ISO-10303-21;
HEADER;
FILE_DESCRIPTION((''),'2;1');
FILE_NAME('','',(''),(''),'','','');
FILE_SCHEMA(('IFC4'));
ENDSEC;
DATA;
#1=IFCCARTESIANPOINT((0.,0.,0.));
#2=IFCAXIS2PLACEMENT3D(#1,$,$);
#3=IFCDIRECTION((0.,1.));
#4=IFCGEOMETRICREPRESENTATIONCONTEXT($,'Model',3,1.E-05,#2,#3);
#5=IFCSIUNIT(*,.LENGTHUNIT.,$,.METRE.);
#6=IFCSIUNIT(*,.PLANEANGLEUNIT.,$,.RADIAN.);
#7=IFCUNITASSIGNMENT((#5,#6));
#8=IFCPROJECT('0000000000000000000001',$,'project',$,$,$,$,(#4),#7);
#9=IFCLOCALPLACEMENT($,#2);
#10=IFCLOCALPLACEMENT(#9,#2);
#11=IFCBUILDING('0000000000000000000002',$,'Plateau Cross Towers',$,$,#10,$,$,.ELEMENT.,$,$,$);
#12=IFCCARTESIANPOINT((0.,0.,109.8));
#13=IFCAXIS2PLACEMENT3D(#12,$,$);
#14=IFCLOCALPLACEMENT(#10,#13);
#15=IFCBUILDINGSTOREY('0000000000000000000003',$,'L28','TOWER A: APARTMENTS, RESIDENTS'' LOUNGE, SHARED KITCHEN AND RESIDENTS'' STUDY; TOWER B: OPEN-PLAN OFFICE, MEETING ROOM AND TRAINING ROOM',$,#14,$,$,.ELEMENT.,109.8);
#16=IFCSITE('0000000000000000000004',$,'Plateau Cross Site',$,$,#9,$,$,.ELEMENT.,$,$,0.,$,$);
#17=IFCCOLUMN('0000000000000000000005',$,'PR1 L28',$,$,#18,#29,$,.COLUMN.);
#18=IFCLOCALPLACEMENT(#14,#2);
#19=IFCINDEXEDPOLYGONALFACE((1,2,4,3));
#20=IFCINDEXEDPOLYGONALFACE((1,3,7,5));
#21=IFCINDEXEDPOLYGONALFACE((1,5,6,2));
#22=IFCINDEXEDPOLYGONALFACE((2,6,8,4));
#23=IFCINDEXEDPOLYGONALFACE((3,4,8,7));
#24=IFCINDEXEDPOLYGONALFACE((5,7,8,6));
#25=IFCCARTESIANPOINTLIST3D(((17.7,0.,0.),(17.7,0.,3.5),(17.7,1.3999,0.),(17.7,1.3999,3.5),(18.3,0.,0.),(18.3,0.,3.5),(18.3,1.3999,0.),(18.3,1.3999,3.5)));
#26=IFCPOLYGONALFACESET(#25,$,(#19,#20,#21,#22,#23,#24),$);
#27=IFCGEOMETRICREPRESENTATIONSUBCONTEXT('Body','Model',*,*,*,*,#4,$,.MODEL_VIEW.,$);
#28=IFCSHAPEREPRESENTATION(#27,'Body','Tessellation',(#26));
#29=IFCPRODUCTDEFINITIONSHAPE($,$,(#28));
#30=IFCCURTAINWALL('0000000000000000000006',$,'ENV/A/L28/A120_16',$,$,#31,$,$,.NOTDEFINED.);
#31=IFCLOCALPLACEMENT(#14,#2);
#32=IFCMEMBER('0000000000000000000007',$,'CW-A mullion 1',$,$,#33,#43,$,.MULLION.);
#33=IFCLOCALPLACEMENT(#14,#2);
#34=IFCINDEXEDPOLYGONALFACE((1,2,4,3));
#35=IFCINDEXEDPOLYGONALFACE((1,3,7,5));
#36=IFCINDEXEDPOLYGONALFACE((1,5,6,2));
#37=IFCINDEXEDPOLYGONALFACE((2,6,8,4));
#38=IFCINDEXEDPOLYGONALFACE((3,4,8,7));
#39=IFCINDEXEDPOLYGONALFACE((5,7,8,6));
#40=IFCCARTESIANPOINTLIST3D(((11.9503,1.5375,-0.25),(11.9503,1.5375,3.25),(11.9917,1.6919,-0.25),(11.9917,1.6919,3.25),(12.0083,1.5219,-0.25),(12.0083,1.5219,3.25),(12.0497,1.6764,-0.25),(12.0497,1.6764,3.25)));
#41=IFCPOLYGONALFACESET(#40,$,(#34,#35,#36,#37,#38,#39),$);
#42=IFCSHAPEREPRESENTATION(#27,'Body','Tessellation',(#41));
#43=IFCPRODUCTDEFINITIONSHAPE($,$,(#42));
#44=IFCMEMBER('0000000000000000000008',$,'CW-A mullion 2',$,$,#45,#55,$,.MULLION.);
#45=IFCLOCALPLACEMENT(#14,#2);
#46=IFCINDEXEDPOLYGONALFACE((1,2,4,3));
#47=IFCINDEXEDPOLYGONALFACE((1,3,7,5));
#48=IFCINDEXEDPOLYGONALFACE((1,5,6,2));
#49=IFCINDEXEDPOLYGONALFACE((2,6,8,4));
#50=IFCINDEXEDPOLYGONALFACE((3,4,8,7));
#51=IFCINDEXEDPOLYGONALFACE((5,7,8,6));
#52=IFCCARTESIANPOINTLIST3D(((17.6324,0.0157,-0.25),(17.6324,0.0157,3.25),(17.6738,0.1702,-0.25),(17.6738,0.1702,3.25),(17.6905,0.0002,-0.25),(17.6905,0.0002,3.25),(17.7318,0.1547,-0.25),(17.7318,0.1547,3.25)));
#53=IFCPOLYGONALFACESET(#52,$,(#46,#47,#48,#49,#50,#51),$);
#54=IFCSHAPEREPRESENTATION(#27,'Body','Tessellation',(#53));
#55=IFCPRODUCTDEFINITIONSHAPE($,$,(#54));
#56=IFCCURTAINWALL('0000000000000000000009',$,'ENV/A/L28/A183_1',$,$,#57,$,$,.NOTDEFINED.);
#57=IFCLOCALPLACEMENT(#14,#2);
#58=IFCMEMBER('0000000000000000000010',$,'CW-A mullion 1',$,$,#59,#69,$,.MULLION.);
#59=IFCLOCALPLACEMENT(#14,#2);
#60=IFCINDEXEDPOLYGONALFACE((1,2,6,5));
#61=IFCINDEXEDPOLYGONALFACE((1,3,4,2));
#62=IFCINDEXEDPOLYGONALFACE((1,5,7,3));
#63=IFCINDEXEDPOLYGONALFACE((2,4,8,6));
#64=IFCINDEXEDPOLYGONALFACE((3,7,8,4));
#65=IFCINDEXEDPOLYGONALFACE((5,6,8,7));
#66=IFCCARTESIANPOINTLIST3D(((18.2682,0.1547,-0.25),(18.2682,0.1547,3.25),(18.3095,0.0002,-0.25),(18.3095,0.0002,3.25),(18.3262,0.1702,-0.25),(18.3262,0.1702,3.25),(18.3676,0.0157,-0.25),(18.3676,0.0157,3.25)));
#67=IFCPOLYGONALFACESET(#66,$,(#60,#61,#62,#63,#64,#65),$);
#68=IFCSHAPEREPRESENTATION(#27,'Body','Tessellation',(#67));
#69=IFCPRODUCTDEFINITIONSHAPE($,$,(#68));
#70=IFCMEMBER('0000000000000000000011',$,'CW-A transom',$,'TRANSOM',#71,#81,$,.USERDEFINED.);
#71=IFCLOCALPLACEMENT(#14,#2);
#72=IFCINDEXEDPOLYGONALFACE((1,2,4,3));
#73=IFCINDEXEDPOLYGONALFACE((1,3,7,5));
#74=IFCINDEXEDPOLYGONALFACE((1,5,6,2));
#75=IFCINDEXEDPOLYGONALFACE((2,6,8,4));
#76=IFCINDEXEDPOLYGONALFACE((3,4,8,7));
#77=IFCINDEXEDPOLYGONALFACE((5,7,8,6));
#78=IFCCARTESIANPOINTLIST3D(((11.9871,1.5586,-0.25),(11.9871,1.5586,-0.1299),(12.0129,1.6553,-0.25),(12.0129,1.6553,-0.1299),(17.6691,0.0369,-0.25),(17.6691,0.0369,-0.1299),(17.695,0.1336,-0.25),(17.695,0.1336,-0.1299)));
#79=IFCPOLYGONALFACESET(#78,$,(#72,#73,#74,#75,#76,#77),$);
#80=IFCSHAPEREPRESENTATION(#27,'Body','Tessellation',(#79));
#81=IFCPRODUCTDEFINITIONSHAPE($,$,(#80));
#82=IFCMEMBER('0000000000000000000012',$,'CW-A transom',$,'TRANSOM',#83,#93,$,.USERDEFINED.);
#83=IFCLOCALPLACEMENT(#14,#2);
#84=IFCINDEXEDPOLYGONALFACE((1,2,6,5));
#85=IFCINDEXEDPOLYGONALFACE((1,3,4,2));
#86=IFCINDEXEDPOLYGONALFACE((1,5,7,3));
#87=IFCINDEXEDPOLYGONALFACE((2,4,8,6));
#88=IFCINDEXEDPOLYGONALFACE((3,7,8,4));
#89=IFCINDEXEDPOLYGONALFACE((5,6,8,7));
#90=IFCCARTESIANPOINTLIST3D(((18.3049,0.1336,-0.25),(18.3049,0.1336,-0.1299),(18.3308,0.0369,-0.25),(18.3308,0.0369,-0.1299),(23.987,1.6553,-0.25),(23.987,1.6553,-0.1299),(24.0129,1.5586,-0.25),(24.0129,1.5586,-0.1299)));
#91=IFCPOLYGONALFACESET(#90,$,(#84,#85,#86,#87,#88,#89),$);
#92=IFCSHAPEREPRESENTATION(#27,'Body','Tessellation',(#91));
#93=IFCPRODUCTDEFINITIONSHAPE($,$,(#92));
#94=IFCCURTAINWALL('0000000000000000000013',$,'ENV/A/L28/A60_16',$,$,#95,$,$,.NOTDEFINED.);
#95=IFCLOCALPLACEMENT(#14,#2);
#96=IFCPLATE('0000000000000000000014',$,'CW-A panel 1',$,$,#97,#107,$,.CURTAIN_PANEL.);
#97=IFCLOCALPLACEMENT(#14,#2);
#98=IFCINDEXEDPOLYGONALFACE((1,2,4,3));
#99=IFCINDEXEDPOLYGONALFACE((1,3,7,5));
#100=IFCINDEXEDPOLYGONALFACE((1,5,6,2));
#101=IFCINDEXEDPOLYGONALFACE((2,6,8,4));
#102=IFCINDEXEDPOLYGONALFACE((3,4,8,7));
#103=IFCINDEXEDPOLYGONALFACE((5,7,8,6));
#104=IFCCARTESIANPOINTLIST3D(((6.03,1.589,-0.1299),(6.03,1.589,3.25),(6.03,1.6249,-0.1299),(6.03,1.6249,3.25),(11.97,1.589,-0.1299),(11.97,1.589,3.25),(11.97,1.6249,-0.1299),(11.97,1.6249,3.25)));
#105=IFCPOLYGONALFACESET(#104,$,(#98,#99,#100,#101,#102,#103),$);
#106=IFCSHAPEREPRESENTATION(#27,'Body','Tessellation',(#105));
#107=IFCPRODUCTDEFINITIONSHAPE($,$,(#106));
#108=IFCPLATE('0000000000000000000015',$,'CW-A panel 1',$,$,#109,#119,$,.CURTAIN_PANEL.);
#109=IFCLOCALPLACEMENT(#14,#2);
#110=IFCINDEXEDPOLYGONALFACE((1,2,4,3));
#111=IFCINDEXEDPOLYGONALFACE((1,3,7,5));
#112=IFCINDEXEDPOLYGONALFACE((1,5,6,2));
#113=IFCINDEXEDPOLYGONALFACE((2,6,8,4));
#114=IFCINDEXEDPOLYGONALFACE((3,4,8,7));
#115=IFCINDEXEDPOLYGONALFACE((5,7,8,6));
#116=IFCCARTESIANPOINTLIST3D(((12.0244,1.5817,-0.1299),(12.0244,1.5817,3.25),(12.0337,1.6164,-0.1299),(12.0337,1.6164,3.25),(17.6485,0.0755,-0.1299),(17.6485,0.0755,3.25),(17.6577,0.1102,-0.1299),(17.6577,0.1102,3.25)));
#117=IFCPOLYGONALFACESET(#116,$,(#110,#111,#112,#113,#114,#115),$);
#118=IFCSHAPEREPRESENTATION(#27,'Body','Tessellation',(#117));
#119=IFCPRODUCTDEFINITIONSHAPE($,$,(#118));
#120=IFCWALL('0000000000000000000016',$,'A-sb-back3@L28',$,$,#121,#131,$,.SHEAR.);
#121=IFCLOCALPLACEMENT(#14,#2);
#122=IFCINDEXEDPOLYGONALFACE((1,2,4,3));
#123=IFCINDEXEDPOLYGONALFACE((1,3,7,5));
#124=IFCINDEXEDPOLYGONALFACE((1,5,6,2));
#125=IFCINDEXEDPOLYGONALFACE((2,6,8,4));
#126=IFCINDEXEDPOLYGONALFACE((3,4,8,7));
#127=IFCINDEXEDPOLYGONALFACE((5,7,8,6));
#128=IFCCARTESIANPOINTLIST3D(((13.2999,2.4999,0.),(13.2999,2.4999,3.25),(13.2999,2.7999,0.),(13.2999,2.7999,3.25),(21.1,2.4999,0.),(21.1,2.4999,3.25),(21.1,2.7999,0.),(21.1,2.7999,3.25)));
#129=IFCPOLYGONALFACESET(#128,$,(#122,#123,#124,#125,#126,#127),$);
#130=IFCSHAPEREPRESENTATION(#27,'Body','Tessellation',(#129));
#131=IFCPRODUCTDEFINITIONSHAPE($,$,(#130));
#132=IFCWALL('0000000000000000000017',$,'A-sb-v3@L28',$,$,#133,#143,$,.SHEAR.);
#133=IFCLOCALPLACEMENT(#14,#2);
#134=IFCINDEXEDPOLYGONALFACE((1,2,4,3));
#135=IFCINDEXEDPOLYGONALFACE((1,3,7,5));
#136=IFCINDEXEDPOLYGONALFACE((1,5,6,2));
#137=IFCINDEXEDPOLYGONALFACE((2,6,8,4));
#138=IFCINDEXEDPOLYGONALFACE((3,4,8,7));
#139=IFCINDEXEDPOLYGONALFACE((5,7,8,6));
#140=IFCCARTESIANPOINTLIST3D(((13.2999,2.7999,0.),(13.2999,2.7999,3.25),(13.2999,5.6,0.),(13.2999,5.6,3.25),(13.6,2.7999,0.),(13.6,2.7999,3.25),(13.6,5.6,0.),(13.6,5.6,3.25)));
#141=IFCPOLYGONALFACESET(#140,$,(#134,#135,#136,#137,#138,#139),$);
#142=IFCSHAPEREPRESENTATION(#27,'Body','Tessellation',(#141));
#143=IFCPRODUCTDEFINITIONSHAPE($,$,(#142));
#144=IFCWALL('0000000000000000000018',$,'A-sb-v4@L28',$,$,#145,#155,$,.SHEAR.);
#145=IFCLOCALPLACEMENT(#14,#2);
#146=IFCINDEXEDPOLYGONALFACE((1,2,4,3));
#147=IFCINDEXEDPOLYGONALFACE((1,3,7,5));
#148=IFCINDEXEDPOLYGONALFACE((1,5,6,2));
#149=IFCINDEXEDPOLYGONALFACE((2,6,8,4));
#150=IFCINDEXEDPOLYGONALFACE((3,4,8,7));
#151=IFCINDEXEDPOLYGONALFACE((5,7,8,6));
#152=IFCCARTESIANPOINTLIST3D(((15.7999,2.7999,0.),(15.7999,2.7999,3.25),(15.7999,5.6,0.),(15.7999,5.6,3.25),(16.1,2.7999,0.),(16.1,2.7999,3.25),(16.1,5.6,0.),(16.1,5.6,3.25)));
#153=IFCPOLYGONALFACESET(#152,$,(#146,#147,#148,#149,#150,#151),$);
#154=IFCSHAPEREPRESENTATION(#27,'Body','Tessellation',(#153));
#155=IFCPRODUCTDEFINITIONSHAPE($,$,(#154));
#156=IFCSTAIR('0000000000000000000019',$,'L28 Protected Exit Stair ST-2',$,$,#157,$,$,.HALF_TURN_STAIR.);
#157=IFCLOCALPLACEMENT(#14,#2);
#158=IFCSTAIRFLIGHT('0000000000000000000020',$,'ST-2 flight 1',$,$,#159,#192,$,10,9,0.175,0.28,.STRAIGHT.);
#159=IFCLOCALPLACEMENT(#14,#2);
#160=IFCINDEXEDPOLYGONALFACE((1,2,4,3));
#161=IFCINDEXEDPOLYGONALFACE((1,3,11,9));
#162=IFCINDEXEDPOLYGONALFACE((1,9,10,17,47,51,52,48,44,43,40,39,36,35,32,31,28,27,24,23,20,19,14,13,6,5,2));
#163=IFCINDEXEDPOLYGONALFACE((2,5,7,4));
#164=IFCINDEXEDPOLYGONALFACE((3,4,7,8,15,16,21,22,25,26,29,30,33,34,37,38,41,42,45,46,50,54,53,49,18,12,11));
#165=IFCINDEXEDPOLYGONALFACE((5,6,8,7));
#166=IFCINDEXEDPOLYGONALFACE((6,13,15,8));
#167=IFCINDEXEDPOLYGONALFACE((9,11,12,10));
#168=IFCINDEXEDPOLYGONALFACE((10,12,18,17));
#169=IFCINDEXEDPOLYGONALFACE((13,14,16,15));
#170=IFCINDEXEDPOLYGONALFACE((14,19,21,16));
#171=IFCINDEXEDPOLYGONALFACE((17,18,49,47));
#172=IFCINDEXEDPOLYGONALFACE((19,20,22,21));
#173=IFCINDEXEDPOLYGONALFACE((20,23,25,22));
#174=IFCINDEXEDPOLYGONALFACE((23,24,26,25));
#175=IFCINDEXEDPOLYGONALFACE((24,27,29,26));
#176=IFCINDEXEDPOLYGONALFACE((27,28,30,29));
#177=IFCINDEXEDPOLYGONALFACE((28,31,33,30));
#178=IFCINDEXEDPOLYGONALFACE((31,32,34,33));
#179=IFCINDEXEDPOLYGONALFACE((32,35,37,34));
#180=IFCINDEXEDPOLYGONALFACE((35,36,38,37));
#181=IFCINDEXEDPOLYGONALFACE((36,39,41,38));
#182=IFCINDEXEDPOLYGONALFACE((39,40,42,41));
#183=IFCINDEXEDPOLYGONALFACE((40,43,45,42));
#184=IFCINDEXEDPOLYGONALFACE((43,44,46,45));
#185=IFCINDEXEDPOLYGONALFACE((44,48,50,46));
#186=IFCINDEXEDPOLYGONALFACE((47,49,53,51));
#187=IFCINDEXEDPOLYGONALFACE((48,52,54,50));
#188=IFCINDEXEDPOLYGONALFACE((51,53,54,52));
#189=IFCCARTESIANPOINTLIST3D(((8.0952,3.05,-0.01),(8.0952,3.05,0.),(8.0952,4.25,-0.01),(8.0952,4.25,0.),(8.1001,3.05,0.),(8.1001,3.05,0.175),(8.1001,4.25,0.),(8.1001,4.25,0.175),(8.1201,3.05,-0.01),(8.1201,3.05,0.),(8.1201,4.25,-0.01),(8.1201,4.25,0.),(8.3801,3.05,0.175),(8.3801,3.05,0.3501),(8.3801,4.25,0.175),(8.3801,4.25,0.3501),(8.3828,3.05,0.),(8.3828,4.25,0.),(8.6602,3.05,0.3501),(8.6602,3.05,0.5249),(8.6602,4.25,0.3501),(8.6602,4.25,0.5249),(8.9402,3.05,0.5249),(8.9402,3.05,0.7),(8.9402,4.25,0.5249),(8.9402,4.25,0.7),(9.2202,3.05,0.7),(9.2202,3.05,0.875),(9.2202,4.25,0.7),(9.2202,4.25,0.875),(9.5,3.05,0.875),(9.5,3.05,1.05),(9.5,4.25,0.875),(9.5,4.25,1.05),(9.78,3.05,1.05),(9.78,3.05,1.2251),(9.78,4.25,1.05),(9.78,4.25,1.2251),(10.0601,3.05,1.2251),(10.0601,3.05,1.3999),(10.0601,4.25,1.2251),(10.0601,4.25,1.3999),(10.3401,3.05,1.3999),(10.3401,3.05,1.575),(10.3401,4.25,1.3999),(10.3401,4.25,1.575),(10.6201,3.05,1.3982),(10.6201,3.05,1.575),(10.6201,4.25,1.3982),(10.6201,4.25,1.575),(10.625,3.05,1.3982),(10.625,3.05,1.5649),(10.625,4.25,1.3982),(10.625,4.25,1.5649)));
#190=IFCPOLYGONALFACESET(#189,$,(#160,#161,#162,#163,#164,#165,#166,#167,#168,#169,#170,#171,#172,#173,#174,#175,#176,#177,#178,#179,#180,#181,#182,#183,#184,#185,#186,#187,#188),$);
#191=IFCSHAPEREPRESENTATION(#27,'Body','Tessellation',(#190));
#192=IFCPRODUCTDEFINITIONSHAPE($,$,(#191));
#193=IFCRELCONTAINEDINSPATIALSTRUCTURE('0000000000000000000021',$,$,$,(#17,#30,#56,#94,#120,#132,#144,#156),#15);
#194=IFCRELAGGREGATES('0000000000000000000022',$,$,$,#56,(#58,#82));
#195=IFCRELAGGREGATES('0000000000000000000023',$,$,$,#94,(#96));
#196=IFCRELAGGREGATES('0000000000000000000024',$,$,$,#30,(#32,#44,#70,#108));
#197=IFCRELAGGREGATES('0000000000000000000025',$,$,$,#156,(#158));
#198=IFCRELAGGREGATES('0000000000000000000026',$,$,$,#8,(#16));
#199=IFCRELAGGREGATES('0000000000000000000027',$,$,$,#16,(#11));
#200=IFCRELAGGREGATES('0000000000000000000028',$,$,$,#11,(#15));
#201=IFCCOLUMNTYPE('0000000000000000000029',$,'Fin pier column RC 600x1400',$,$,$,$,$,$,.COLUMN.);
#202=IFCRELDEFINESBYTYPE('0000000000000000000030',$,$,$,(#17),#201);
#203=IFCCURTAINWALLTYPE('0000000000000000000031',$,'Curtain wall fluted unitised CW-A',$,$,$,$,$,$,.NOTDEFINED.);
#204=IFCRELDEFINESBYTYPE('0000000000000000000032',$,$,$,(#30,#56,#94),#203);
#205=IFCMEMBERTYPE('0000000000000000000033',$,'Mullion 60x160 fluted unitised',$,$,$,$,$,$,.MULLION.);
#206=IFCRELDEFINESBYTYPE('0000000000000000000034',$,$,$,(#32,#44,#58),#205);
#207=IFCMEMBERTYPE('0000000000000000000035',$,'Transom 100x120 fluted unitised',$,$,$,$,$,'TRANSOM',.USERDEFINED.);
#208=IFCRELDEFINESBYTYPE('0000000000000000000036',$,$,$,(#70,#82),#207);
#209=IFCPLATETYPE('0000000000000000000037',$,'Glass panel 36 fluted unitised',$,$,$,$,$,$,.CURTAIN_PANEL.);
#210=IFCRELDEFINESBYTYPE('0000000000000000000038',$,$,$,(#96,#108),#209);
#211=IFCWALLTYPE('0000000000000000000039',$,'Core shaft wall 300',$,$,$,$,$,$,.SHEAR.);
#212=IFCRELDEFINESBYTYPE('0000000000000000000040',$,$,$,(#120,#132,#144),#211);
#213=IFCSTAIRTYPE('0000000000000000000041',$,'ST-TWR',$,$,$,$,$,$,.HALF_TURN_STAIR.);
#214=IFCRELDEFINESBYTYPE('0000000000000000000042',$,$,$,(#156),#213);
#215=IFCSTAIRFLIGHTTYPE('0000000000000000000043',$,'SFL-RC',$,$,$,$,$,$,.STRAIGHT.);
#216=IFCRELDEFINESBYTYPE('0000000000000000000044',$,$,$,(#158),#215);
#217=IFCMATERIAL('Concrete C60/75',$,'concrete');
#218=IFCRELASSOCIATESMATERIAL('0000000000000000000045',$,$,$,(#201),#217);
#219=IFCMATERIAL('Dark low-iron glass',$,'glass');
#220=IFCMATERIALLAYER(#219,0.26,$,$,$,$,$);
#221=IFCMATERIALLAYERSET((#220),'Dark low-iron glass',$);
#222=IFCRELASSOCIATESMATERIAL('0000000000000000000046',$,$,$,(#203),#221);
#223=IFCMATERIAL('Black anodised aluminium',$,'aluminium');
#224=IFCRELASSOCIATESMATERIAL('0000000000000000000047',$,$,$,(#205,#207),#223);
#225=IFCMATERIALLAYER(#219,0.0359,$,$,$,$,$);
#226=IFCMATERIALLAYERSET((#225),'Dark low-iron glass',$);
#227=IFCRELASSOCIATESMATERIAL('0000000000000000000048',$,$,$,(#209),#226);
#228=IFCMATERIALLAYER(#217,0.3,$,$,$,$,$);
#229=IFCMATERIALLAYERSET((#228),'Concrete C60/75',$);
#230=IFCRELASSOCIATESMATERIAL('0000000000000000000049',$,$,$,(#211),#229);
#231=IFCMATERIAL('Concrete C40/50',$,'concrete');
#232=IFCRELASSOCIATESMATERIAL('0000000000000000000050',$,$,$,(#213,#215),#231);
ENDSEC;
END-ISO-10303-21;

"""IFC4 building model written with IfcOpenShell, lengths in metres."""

from ifc_helpers import new_model, si_unit, direction, frame, frame_2d, origin, origin_2d, place, context, subcontext, project, spatial, polyline, rectangle, outline, extrude, material, layer, layer_set, material_profile, profile_set, type_object, element, aggregate, save


model = new_model("IFC4")

# Units and contexts
model_context = context("Model", 3, precision=1e-05, world=origin(), true_north=direction((0.0, 1.0)))
body_context = subcontext(model_context, "Body", "Model", "MODEL_VIEW")
ifc_project = project(units=[si_unit("LENGTHUNIT", "METRE"), si_unit("PLANEANGLEUNIT", "RADIAN")], contexts=[model_context])

# Site, building, storey
site_placement = place(None, origin())
site = spatial("IfcSite", under=ifc_project, at=site_placement, Name="Plateau Cross Site", CompositionType="ELEMENT", RefElevation=0.0)
building_placement = place(site_placement, origin())
building = spatial("IfcBuilding", under=site, at=building_placement, Name="Plateau Cross Towers", CompositionType="ELEMENT")
storey_placement = place(building_placement, frame((0.0, 0.0, 109.8)))
storey = spatial("IfcBuildingStorey", under=building, at=storey_placement, Name="L28", Description="TOWER A: APARTMENTS, RESIDENTS' LOUNGE, SHARED KITCHEN AND RESIDENTS' STUDY; TOWER B: OPEN-PLAN OFFICE, MEETING ROOM AND TRAINING ROOM", CompositionType="ELEMENT", Elevation=109.8)

# Column
ifc_material_1 = material(Name="Concrete C60/75", Category="concrete")
ifc_material_profile_1 = material_profile(ifc_material_1, rectangle(XDim=0.6001, YDim=1.3999, at=origin_2d()), Name="RC 600x1400")
ifc_profile_set_1 = profile_set([ifc_material_profile_1], Name="Concrete C60/75")
column_type = type_object("IfcColumnType", Name="Fin pier column RC 600x1400", PredefinedType="COLUMN", material=ifc_profile_set_1)
column_placement = place(storey_placement, frame((18.0, 0.7, 0.0), z_axis=(0.0, 0.0, 1.0), x_axis=(1.0, 0.0, 0.0)))
element("IfcColumn", 1, at=column_placement, inside=storey, type_object=column_type, Name="PR1 L28", PredefinedType="COLUMN", context=body_context, shape_type="SweptSolid", body=[
    extrude(rectangle(XDim=0.6001, YDim=1.3999, at=origin_2d()), origin(), (0.0, 0.0, 1.0), 3.5),
])

# Curtain wall, members
ifc_material_2 = material(Name="Dark low-iron glass", Category="glass")
ifc_layer_1 = layer(ifc_material_2, 0.26)
ifc_layer_set_1 = layer_set([ifc_layer_1], Name="Dark low-iron glass")
curtain_wall_type = type_object("IfcCurtainWallType", Name="Curtain wall fluted unitised CW-A", PredefinedType="NOTDEFINED", material=ifc_layer_set_1)
curtain_wall_1_placement = place(storey_placement, origin())
curtain_wall_1 = element("IfcCurtainWall", 2, at=curtain_wall_1_placement, inside=storey, type_object=curtain_wall_type, Name="ENV/A/L28/A120_16", PredefinedType="NOTDEFINED")
ifc_material_3 = material(Name="Black anodised aluminium", Category="aluminium")
ifc_material_profile_2 = material_profile(ifc_material_3, rectangle(XDim=0.0601, YDim=0.1599, at=origin_2d()), Name="MULLION 60x160")
ifc_profile_set_2 = profile_set([ifc_material_profile_2], Name="Black anodised aluminium")
member_type_1 = type_object("IfcMemberType", Name="Mullion 60x160 fluted unitised", PredefinedType="MULLION", material=ifc_profile_set_2)
member_1_placement = place(storey_placement, frame((12.0, 1.6069, -0.25), z_axis=(0.0, 0.0, 1.0), x_axis=(0.965958, -0.258699, 0.0)))
member_1 = element("IfcMember", 3, at=member_1_placement, type_object=member_type_1, Name="CW-A mullion 1", PredefinedType="MULLION", context=body_context, shape_type="SweptSolid", body=[
    extrude(rectangle(XDim=0.0601, YDim=0.1599, at=origin_2d()), origin(), (0.0, 0.0, 1.0), 3.5),
])
member_2_placement = place(storey_placement, frame((17.6821, 0.0852, -0.25), z_axis=(0.0, 0.0, 1.0), x_axis=(0.965958, -0.258699, 0.0)))
member_2 = element("IfcMember", 4, at=member_2_placement, type_object=member_type_1, Name="CW-A mullion 2", PredefinedType="MULLION", context=body_context, shape_type="SweptSolid", body=[
    extrude(rectangle(XDim=0.0601, YDim=0.1599, at=origin_2d()), origin(), (0.0, 0.0, 1.0), 3.5),
])

# Curtain wall, member
curtain_wall_2_placement = place(storey_placement, origin())
curtain_wall_2 = element("IfcCurtainWall", 5, at=curtain_wall_2_placement, inside=storey, type_object=curtain_wall_type, Name="ENV/A/L28/A183_1", PredefinedType="NOTDEFINED")
member_3_placement = place(storey_placement, frame((18.3179, 0.0852, -0.25), z_axis=(0.0, 0.0, 1.0), x_axis=(0.965958, 0.258699, 0.0)))
member_3 = element("IfcMember", 6, at=member_3_placement, type_object=member_type_1, Name="CW-A mullion 1", PredefinedType="MULLION", context=body_context, shape_type="SweptSolid", body=[
    extrude(rectangle(XDim=0.0601, YDim=0.1599, at=origin_2d()), origin(), (0.0, 0.0, 1.0), 3.5),
])

# Members
ifc_material_profile_3 = material_profile(ifc_material_3, rectangle(XDim=0.1001, YDim=0.1201, at=origin_2d()), Name="TRANSOM 100x120")
ifc_profile_set_3 = profile_set([ifc_material_profile_3], Name="Black anodised aluminium")
member_type_2 = type_object("IfcMemberType", Name="Transom 100x120 fluted unitised", ElementType="TRANSOM", PredefinedType="USERDEFINED", material=ifc_profile_set_3)
member_4_placement = place(storey_placement, frame((12.0, 1.6069, -0.1899), z_axis=(0.96596, -0.258693, 0.0), x_axis=(0.258693, 0.96596, 0.0)))
member_4 = element("IfcMember", 7, at=member_4_placement, type_object=member_type_2, Name="CW-A transom", ObjectType="TRANSOM", PredefinedType="USERDEFINED", context=body_context, shape_type="SweptSolid", body=[
    extrude(rectangle(XDim=0.1001, YDim=0.1201, at=origin_2d()), origin(), (0.0, 0.0, 1.0), 5.8823),
])
member_5_placement = place(storey_placement, frame((18.3179, 0.0852, -0.1899), z_axis=(0.96596, 0.258693, 0.0), x_axis=(-0.258693, 0.96596, 0.0)))
member_5 = element("IfcMember", 8, at=member_5_placement, type_object=member_type_2, Name="CW-A transom", ObjectType="TRANSOM", PredefinedType="USERDEFINED", context=body_context, shape_type="SweptSolid", body=[
    extrude(rectangle(XDim=0.1001, YDim=0.1201, at=origin_2d()), origin(), (0.0, 0.0, 1.0), 5.8823),
])
aggregate(curtain_wall_2, [member_3, member_5])

# Curtain wall, plate
curtain_wall_3_placement = place(storey_placement, origin())
curtain_wall_3 = element("IfcCurtainWall", 9, at=curtain_wall_3_placement, inside=storey, type_object=curtain_wall_type, Name="ENV/A/L28/A60_16", PredefinedType="NOTDEFINED")
ifc_layer_2 = layer(ifc_material_2, 0.0359)
ifc_layer_set_2 = layer_set([ifc_layer_2], Name="Dark low-iron glass")
plate_type = type_object("IfcPlateType", Name="Glass panel 36 fluted unitised", PredefinedType="CURTAIN_PANEL", material=ifc_layer_set_2)
plate_1_placement = place(storey_placement, frame((9.0, 1.6069, -0.1299), z_axis=(0.0, 0.0, 1.0), x_axis=(1.0, 0.0, 0.0)))
plate_1 = element("IfcPlate", 10, at=plate_1_placement, type_object=plate_type, Name="CW-A panel 1", PredefinedType="CURTAIN_PANEL", context=body_context, shape_type="SweptSolid", body=[
    extrude(rectangle(XDim=5.9399, YDim=0.0359, at=origin_2d()), origin(), (0.0, 0.0, 1.0), 3.3799),
])
aggregate(curtain_wall_3, [plate_1])

# Plate
plate_2_placement = place(storey_placement, frame((14.8411, 0.8459, -0.1299), z_axis=(0.0, 0.0, 1.0), x_axis=(0.965958, -0.258699, 0.0)))
plate_2 = element("IfcPlate", 11, at=plate_2_placement, type_object=plate_type, Name="CW-A panel 1", PredefinedType="CURTAIN_PANEL", context=body_context, shape_type="SweptSolid", body=[
    extrude(rectangle(XDim=5.8223, YDim=0.0359, at=origin_2d()), origin(), (0.0, 0.0, 1.0), 3.3799),
])
aggregate(curtain_wall_1, [member_1, member_2, member_4, plate_2])

# Walls
ifc_layer_3 = layer(ifc_material_1, 0.3)
ifc_layer_set_3 = layer_set([ifc_layer_3], Name="Concrete C60/75")
wall_type = type_object("IfcWallType", Name="Core shaft wall 300", PredefinedType="SHEAR", material=ifc_layer_set_3)
wall_placement = place(storey_placement, frame((13.3, 2.6499, 0.0), z_axis=(0.0, 0.0, 1.0), x_axis=(1.0, 0.0, 0.0)))
element("IfcWall", 12, at=wall_placement, inside=storey, type_object=wall_type, Name="A-sb-back3@L28", PredefinedType="SHEAR", context=body_context, shape_type="SweptSolid", body=[
    extrude(rectangle(XDim=7.8, YDim=0.3, at=frame_2d((3.8999, 0.0))), origin(), (0.0, 0.0, 1.0), 3.25),
])
for number, where, z_axis, x_axis, name in (
    (13, (13.45, 2.8, 0.0), (0.0, 0.0, 1.0), (0.0, 1.0, 0.0), "A-sb-v3@L28"),
    (14, (15.95, 2.8, 0.0), (0.0, 0.0, 1.0), (0.0, 1.0, 0.0), "A-sb-v4@L28"),
):
    element("IfcWall", number, at=place(storey_placement, frame(where, z_axis=z_axis, x_axis=x_axis)), inside=storey, type_object=wall_type, Name=name, PredefinedType="SHEAR", context=body_context, shape_type="SweptSolid", body=[
        extrude(rectangle(XDim=2.8, YDim=0.3, at=frame_2d((1.3999, 0.0))), origin(), (0.0, 0.0, 1.0), 3.25),
    ])

# Stair, stair flight
ifc_material_4 = material(Name="Concrete C40/50", Category="concrete")
stair_type = type_object("IfcStairType", Name="ST-TWR", PredefinedType="HALF_TURN_STAIR", material=ifc_material_4)
stair_placement = place(storey_placement, origin())
stair = element("IfcStair", 15, at=stair_placement, inside=storey, type_object=stair_type, Name="L28 Protected Exit Stair ST-2", PredefinedType="HALF_TURN_STAIR")
stair_flight_type = type_object("IfcStairFlightType", Name="SFL-RC", PredefinedType="STRAIGHT", material=ifc_material_4)
stair_flight_placement = place(storey_placement, frame((8.1001, 3.6499, 0.0), z_axis=(0.0, 0.0, 1.0), x_axis=(1.0, 0.0, 0.0)))
stair_flight = element("IfcStairFlight", 16, at=stair_flight_placement, type_object=stair_flight_type, Name="ST-2 flight 1", NumberOfRisers=10, NumberOfTreads=9, PredefinedType="STRAIGHT", RiserHeight=0.175, TreadLength=0.28, context=body_context, shape_type="SweptSolid", body=[
    extrude(outline(polyline([(-0.0049, -0.01), (-0.0049, 0.0), (0.0, 0.0), (0.0, 0.175), (0.28, 0.175), (0.28, 0.3501), (0.5601, 0.3501), (0.5601, 0.5249), (0.8401, 0.5249), (0.8401, 0.7), (1.1201, 0.7), (1.1201, 0.875), (1.3999, 0.875), (1.3999, 1.05), (1.6799, 1.05), (1.6799, 1.2251), (1.96, 1.2251), (1.96, 1.3999), (2.24, 1.3999), (2.24, 1.575), (2.52, 1.575), (2.5249, 1.5649), (2.5249, 1.3982), (2.52, 1.3982), (0.2827, 0.0), (0.02, 0.0), (0.02, -0.01), (-0.0049, -0.01)])), frame((0.0, 0.6001, 0.0), z_axis=(0.0, -1.0, 0.0), x_axis=(1.0, 0.0, 0.0)), (0.0, 0.0, 1.0), 1.2),
])
aggregate(stair, [stair_flight])

save(model, "model.ifc")
